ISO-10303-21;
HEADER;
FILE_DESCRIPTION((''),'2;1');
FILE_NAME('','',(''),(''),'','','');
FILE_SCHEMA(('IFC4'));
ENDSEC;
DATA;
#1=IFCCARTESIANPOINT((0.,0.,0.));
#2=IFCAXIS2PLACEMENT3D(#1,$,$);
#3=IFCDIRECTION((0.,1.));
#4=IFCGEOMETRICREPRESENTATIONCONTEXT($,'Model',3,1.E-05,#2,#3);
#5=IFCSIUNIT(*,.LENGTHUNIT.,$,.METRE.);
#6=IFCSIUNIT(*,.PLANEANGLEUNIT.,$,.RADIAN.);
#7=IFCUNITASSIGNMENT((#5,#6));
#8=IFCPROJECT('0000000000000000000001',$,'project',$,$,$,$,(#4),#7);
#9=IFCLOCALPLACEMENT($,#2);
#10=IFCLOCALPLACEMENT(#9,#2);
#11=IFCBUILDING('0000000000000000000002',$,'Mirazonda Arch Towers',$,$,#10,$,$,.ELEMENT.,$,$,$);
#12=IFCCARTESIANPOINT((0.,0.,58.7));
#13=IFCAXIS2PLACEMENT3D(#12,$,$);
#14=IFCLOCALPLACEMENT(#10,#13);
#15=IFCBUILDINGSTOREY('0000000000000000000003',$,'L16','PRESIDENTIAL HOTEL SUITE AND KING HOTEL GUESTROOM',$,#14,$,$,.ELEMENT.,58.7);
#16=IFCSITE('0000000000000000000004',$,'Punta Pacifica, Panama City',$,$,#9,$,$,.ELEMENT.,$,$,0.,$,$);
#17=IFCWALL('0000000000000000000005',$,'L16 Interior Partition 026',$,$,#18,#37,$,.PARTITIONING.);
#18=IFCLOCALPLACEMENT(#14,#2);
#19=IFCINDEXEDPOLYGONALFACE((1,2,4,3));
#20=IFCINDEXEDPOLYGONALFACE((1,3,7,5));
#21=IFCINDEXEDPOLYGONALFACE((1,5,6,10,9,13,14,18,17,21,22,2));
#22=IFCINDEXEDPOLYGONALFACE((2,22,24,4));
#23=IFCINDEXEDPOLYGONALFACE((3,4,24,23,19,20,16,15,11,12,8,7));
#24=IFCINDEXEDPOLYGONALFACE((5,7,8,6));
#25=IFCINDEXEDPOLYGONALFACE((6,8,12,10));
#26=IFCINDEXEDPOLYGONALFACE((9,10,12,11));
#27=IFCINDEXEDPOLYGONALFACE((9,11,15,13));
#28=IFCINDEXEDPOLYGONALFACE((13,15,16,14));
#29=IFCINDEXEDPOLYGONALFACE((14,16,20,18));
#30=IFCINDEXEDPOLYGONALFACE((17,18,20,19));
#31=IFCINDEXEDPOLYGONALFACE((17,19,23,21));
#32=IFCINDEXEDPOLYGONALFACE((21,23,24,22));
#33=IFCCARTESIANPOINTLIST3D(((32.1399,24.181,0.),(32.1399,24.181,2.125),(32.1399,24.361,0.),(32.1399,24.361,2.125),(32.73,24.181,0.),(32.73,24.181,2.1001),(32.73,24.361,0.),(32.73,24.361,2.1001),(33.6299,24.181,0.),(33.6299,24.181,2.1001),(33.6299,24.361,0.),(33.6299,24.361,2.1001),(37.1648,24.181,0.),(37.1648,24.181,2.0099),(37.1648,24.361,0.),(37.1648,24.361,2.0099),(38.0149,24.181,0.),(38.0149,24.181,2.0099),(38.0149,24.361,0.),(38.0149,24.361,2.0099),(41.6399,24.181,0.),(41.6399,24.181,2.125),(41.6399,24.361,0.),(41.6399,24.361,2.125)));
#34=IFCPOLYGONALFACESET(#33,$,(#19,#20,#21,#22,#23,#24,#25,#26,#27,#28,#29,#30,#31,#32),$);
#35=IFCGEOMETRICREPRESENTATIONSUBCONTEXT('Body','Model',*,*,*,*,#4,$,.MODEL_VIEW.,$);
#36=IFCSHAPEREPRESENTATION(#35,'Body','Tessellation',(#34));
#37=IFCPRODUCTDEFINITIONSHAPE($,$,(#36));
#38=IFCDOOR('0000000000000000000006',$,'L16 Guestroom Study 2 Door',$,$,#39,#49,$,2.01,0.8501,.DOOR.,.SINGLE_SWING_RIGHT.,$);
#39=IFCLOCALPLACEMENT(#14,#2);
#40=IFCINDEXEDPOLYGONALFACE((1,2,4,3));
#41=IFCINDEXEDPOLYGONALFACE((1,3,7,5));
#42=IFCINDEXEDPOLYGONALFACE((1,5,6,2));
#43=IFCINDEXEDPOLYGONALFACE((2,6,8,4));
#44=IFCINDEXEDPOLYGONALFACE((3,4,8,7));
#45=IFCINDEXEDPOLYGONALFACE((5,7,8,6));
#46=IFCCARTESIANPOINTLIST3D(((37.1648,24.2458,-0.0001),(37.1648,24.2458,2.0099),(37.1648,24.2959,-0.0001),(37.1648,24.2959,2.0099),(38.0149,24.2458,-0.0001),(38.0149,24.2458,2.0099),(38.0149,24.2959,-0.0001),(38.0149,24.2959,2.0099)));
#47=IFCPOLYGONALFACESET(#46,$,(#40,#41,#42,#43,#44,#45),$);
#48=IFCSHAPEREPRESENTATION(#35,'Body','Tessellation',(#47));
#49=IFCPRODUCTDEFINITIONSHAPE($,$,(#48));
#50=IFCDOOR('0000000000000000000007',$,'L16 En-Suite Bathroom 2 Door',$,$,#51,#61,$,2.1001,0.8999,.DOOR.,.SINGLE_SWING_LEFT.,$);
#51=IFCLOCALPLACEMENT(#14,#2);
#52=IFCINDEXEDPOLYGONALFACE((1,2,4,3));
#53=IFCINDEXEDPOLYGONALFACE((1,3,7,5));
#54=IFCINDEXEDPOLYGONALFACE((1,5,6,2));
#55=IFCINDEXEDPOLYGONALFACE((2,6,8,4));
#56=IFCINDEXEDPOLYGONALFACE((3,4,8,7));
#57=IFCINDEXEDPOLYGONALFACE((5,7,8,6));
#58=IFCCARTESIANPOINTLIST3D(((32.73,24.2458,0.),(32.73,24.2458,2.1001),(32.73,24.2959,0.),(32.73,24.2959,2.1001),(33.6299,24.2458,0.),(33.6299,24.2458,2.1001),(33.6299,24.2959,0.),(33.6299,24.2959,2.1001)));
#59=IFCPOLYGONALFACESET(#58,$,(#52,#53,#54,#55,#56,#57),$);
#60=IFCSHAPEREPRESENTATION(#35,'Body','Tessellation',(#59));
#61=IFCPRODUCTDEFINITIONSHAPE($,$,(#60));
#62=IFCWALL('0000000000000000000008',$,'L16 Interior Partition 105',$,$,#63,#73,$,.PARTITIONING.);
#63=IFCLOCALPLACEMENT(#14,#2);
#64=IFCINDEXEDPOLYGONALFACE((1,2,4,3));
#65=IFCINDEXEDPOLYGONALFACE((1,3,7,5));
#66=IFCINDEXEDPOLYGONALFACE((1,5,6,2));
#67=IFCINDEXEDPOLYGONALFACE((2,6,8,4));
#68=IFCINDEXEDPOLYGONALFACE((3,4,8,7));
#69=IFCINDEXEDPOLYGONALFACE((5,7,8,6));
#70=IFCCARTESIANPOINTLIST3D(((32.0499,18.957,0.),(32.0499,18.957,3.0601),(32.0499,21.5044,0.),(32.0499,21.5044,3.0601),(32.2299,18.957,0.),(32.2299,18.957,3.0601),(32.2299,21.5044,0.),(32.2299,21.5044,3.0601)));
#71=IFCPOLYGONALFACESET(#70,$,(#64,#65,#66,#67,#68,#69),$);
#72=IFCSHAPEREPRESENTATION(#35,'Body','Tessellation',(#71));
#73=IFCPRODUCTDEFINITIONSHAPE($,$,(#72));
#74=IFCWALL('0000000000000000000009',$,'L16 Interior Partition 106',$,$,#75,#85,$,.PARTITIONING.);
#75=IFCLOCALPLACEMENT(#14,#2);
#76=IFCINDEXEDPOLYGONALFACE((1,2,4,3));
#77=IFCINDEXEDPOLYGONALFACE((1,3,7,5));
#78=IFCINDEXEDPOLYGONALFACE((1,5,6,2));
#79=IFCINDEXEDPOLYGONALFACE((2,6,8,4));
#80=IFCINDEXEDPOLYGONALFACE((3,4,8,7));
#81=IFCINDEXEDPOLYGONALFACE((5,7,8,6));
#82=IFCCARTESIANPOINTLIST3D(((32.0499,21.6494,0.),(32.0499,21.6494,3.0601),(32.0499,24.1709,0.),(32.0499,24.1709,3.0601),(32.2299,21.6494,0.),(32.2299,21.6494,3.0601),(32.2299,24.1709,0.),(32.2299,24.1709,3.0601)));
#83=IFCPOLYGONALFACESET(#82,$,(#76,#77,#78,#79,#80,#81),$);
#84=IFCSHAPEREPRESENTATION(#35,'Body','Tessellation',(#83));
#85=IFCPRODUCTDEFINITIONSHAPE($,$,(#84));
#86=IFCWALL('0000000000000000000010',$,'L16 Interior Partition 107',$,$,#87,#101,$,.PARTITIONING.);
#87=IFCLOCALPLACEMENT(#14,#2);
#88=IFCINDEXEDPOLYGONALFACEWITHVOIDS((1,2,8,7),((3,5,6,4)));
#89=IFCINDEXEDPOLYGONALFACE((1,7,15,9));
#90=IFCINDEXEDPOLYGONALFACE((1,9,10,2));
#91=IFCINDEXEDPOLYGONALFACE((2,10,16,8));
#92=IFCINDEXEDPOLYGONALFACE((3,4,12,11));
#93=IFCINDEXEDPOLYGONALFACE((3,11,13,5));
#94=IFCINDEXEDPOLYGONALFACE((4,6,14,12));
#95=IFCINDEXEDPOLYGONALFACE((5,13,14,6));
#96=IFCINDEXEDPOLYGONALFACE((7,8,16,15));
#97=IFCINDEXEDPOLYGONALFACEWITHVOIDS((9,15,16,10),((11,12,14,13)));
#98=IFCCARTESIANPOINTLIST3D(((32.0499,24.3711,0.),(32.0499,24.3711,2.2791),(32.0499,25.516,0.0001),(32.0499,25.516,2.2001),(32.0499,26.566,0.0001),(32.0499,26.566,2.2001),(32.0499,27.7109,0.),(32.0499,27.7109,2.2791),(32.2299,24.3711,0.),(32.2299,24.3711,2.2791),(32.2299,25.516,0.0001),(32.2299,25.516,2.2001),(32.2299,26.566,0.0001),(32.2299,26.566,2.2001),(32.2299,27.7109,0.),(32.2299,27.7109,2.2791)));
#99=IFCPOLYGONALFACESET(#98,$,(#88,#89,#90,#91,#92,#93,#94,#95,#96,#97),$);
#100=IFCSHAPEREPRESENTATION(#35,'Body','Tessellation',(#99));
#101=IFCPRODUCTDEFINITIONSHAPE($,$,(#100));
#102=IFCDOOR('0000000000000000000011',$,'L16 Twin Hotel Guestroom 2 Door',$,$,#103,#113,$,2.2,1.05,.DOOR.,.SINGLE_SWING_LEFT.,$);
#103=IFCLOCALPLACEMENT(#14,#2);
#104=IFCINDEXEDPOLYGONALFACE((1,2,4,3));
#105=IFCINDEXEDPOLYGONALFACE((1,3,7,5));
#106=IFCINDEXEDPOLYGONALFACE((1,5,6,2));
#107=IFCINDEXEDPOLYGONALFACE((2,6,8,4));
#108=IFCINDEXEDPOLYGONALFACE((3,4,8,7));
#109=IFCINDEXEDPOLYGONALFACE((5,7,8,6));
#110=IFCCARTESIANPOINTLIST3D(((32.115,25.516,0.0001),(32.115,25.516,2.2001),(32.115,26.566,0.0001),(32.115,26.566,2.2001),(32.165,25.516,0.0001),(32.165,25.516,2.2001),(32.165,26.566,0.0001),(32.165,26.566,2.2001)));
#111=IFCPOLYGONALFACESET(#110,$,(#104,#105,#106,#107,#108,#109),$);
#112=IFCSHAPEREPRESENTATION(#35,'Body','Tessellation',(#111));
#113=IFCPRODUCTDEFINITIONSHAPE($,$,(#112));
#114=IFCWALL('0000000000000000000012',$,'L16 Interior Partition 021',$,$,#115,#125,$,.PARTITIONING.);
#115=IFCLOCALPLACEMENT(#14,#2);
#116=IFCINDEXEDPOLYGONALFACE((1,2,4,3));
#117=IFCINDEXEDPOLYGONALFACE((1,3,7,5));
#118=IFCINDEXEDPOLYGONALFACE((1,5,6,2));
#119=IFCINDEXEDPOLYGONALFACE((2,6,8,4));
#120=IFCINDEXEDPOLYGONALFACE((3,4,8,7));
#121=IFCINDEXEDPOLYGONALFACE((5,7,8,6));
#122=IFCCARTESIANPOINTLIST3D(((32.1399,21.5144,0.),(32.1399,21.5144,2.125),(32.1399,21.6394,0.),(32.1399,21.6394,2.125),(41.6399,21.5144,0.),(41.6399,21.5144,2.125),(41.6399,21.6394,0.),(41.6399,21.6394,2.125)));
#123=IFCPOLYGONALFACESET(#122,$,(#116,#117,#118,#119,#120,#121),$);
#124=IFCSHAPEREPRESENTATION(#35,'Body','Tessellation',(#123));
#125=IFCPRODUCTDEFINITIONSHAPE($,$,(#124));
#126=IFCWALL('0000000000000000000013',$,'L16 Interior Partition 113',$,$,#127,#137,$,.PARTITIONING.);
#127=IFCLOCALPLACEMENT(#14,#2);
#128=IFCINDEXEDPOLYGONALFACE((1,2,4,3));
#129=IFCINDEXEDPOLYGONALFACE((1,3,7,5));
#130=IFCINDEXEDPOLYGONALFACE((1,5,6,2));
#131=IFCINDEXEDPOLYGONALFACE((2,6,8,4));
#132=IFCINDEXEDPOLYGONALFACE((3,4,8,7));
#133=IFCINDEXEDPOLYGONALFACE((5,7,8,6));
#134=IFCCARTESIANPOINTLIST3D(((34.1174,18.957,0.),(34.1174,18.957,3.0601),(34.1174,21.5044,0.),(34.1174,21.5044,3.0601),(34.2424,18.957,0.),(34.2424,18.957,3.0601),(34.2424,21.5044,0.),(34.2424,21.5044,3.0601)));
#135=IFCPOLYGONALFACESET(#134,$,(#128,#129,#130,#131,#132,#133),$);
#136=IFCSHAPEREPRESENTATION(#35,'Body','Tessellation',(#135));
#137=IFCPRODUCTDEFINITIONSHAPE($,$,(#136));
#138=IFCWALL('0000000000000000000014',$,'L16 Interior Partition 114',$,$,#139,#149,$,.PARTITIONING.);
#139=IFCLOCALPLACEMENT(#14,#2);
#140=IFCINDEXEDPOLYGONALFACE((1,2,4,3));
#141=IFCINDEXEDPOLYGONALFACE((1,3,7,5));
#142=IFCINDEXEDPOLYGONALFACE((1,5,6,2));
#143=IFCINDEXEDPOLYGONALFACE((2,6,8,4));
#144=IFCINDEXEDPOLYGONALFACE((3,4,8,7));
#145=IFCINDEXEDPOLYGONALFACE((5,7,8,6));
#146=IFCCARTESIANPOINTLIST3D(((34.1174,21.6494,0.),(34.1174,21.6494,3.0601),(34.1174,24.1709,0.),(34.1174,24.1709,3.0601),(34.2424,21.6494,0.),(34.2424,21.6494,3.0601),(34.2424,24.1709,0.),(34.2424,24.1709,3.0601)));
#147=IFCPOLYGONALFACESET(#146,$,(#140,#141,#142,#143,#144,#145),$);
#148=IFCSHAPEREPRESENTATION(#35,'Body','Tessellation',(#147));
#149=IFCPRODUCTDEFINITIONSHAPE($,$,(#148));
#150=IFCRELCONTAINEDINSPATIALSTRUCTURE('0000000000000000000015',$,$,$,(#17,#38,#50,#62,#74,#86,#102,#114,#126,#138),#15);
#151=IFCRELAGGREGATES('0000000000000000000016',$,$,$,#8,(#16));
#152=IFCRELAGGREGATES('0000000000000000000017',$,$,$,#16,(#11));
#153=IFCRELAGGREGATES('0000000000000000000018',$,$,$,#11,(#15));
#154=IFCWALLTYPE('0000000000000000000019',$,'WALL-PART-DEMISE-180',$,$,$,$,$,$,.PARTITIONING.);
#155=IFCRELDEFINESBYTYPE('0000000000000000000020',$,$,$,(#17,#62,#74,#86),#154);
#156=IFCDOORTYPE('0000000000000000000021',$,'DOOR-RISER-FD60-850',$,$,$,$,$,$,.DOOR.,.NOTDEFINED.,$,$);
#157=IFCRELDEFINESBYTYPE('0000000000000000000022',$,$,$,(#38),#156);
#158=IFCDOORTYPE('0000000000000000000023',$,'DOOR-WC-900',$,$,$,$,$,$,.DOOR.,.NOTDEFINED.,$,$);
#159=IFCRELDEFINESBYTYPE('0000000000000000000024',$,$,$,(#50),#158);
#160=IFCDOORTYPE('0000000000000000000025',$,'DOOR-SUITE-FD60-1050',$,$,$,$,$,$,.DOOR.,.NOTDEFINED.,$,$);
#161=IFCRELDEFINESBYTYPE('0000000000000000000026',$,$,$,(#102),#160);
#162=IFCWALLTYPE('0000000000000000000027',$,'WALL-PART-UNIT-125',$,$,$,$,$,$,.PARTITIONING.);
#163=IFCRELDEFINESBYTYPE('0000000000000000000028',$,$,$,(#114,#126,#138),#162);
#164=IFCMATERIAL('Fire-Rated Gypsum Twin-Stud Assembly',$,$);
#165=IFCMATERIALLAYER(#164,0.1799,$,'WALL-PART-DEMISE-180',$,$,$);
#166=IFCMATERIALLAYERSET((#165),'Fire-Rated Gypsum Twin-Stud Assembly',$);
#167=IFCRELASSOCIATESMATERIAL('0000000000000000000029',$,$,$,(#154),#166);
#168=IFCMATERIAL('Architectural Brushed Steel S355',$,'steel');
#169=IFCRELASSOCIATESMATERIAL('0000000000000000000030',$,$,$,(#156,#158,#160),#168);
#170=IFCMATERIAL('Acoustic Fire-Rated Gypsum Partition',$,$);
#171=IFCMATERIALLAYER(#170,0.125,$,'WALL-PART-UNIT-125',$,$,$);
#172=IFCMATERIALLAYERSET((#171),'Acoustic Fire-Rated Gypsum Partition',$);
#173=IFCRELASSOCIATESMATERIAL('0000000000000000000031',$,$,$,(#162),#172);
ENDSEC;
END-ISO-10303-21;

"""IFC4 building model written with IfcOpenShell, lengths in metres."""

from ifc_helpers import new_model, si_unit, direction, frame, frame_2d, origin, place, context, subcontext, project, spatial, rectangle, extrude, material, layer, layer_set, type_object, element, fill, save


model = new_model("IFC4")

# Units and contexts
model_context = context("Model", 3, precision=1e-05, world=origin(), true_north=direction((0.0, 1.0)))
body_context = subcontext(model_context, "Body", "Model", "MODEL_VIEW")
ifc_project = project(units=[si_unit("LENGTHUNIT", "METRE"), si_unit("PLANEANGLEUNIT", "RADIAN")], contexts=[model_context])

# Site, building, storey
site_placement = place(None, origin())
site = spatial("IfcSite", under=ifc_project, at=site_placement, Name="Punta Pacifica, Panama City", CompositionType="ELEMENT", RefElevation=0.0)
building_placement = place(site_placement, origin())
building = spatial("IfcBuilding", under=site, at=building_placement, Name="Mirazonda Arch Towers", CompositionType="ELEMENT")
storey_placement = place(building_placement, frame((0.0, 0.0, 58.7)))
storey = spatial("IfcBuildingStorey", under=building, at=storey_placement, Name="L16", Description="PRESIDENTIAL HOTEL SUITE AND KING HOTEL GUESTROOM", CompositionType="ELEMENT", Elevation=58.7)

# Wall, openings, doors
ifc_material_1 = material(Name="Fire-Rated Gypsum Twin-Stud Assembly")
ifc_layer_1 = layer(ifc_material_1, 0.1799, Name="WALL-PART-DEMISE-180")
ifc_layer_set_1 = layer_set([ifc_layer_1], Name="Fire-Rated Gypsum Twin-Stud Assembly")
wall_type_1 = type_object("IfcWallType", Name="WALL-PART-DEMISE-180", PredefinedType="PARTITIONING", material=ifc_layer_set_1)
ifc_material_2 = material(Name="Architectural Brushed Steel S355", Category="steel")
door_type_1 = type_object("IfcDoorType", Name="DOOR-RISER-FD60-850", OperationType="NOTDEFINED", PredefinedType="DOOR", material=ifc_material_2)
door_type_2 = type_object("IfcDoorType", Name="DOOR-WC-900", OperationType="NOTDEFINED", PredefinedType="DOOR", material=ifc_material_2)
wall_1_placement = place(storey_placement, frame((32.1399, 24.271, 0.0), z_axis=(0.0, 0.0, 1.0), x_axis=(1.0, 0.0, 0.0)))
wall_1 = element("IfcWall", 1, at=wall_1_placement, inside=storey, type_object=wall_type_1, Name="L16 Interior Partition 026", PredefinedType="PARTITIONING", context=body_context, shape_type="SweptSolid", body=[
    extrude(rectangle(XDim=9.5, YDim=0.1799, at=frame_2d((4.75, 0.0))), origin(), (0.0, 0.0, 1.0), 2.125),
])
opening_1_placement = place(wall_1_placement, frame((5.0249, 0.0, 0.0)))
opening_1 = element("IfcOpeningElement", 2, at=opening_1_placement, cuts=wall_1, PredefinedType="OPENING", context=body_context, shape_type="SweptSolid", body=[
    extrude(rectangle(XDim=0.8501, YDim=2.01, at=frame_2d((0.425, 1.0049))), frame((0.0, 0.0999, 0.0), z_axis=(0.0, -1.0, 0.0), x_axis=(1.0, 0.0, 0.0)), (0.0, 0.0, 1.0), 0.2),
])
opening_2_placement = place(wall_1_placement, frame((0.5901, 0.0, 0.0)))
opening_2 = element("IfcOpeningElement", 3, at=opening_2_placement, cuts=wall_1, PredefinedType="OPENING", context=body_context, shape_type="SweptSolid", body=[
    extrude(rectangle(XDim=0.8999, YDim=2.1001, at=frame_2d((0.45, 1.05))), frame((0.0, 0.0999, 0.0), z_axis=(0.0, -1.0, 0.0), x_axis=(1.0, 0.0, 0.0)), (0.0, 0.0, 1.0), 0.2),
])
door_1_placement = place(opening_1_placement, origin())
door_1 = element("IfcDoor", 4, at=door_1_placement, inside=storey, type_object=door_type_1, Name="L16 Guestroom Study 2 Door", OperationType="SINGLE_SWING_RIGHT", OverallHeight=2.01, OverallWidth=0.8501, PredefinedType="DOOR", context=body_context, shape_type="SweptSolid", body=[
    extrude(rectangle(XDim=0.8501, YDim=2.01, at=frame_2d((0.425, 1.0049))), frame((0.0, 0.0249, 0.0), z_axis=(0.0, -1.0, 0.0), x_axis=(1.0, 0.0, 0.0)), (0.0, 0.0, 1.0), 0.05),
])
fill(opening_1, door_1)
door_2_placement = place(opening_2_placement, origin())
door_2 = element("IfcDoor", 5, at=door_2_placement, inside=storey, type_object=door_type_2, Name="L16 En-Suite Bathroom 2 Door", OperationType="SINGLE_SWING_LEFT", OverallHeight=2.1001, OverallWidth=0.8999, PredefinedType="DOOR", context=body_context, shape_type="SweptSolid", body=[
    extrude(rectangle(XDim=0.8999, YDim=2.1001, at=frame_2d((0.45, 1.05))), frame((0.0, 0.0249, 0.0), z_axis=(0.0, -1.0, 0.0), x_axis=(1.0, 0.0, 0.0)), (0.0, 0.0, 1.0), 0.05),
])
fill(opening_2, door_2)

# Walls
wall_2_placement = place(storey_placement, frame((32.1399, 18.957, 0.0), z_axis=(0.0, 0.0, 1.0), x_axis=(0.0, 1.0, 0.0)))
element("IfcWall", 6, at=wall_2_placement, inside=storey, type_object=wall_type_1, Name="L16 Interior Partition 105", PredefinedType="PARTITIONING", context=body_context, shape_type="SweptSolid", body=[
    extrude(rectangle(XDim=2.5474, YDim=0.1799, at=frame_2d((1.2737, 0.0))), origin(), (0.0, 0.0, 1.0), 3.0601),
])
wall_3_placement = place(storey_placement, frame((32.1399, 21.6494, 0.0), z_axis=(0.0, 0.0, 1.0), x_axis=(0.0, 1.0, 0.0)))
element("IfcWall", 7, at=wall_3_placement, inside=storey, type_object=wall_type_1, Name="L16 Interior Partition 106", PredefinedType="PARTITIONING", context=body_context, shape_type="SweptSolid", body=[
    extrude(rectangle(XDim=2.5215, YDim=0.1799, at=frame_2d((1.2607, 0.0))), origin(), (0.0, 0.0, 1.0), 3.0601),
])

# Wall, opening, door
wall_4_placement = place(storey_placement, frame((32.1399, 24.3711, 0.0), z_axis=(0.0, 0.0, 1.0), x_axis=(0.0, 1.0, 0.0)))
wall_4 = element("IfcWall", 8, at=wall_4_placement, inside=storey, type_object=wall_type_1, Name="L16 Interior Partition 107", PredefinedType="PARTITIONING", context=body_context, shape_type="SweptSolid", body=[
    extrude(rectangle(XDim=3.3398, YDim=0.1799, at=frame_2d((1.6699, 0.0))), origin(), (0.0, 0.0, 1.0), 2.2791),
])
opening_3_placement = place(wall_4_placement, frame((1.145, 0.0, 0.0)))
opening_3 = element("IfcOpeningElement", 9, at=opening_3_placement, cuts=wall_4, PredefinedType="OPENING", context=body_context, shape_type="SweptSolid", body=[
    extrude(rectangle(XDim=1.05, YDim=2.2, at=frame_2d((0.5249, 1.1001))), frame((0.0, 0.0999, 0.0), z_axis=(0.0, -1.0, 0.0), x_axis=(1.0, 0.0, 0.0)), (0.0, 0.0, 1.0), 0.2),
])
door_type_3 = type_object("IfcDoorType", Name="DOOR-SUITE-FD60-1050", OperationType="NOTDEFINED", PredefinedType="DOOR", material=ifc_material_2)
door_3_placement = place(opening_3_placement, origin())
door_3 = element("IfcDoor", 10, at=door_3_placement, inside=storey, type_object=door_type_3, Name="L16 Twin Hotel Guestroom 2 Door", OperationType="SINGLE_SWING_LEFT", OverallHeight=2.2, OverallWidth=1.05, PredefinedType="DOOR", context=body_context, shape_type="SweptSolid", body=[
    extrude(rectangle(XDim=1.05, YDim=2.2, at=frame_2d((0.5249, 1.1001))), frame((0.0, 0.0249, 0.0), z_axis=(0.0, -1.0, 0.0), x_axis=(1.0, 0.0, 0.0)), (0.0, 0.0, 1.0), 0.05),
])
fill(opening_3, door_3)

# Walls
ifc_material_3 = material(Name="Acoustic Fire-Rated Gypsum Partition")
ifc_layer_2 = layer(ifc_material_3, 0.125, Name="WALL-PART-UNIT-125")
ifc_layer_set_2 = layer_set([ifc_layer_2], Name="Acoustic Fire-Rated Gypsum Partition")
wall_type_2 = type_object("IfcWallType", Name="WALL-PART-UNIT-125", PredefinedType="PARTITIONING", material=ifc_layer_set_2)
wall_5_placement = place(storey_placement, frame((32.1399, 21.5769, 0.0), z_axis=(0.0, 0.0, 1.0), x_axis=(1.0, 0.0, 0.0)))
element("IfcWall", 11, at=wall_5_placement, inside=storey, type_object=wall_type_2, Name="L16 Interior Partition 021", PredefinedType="PARTITIONING", context=body_context, shape_type="SweptSolid", body=[
    extrude(rectangle(XDim=9.5, YDim=0.125, at=frame_2d((4.75, 0.0))), origin(), (0.0, 0.0, 1.0), 2.125),
])
wall_6_placement = place(storey_placement, frame((34.1799, 18.957, 0.0), z_axis=(0.0, 0.0, 1.0), x_axis=(0.0, 1.0, 0.0)))
element("IfcWall", 12, at=wall_6_placement, inside=storey, type_object=wall_type_2, Name="L16 Interior Partition 113", PredefinedType="PARTITIONING", context=body_context, shape_type="SweptSolid", body=[
    extrude(rectangle(XDim=2.5474, YDim=0.125, at=frame_2d((1.2737, 0.0))), origin(), (0.0, 0.0, 1.0), 3.0601),
])
wall_7_placement = place(storey_placement, frame((34.1799, 21.6494, 0.0), z_axis=(0.0, 0.0, 1.0), x_axis=(0.0, 1.0, 0.0)))
element("IfcWall", 13, at=wall_7_placement, inside=storey, type_object=wall_type_2, Name="L16 Interior Partition 114", PredefinedType="PARTITIONING", context=body_context, shape_type="SweptSolid", body=[
    extrude(rectangle(XDim=2.5215, YDim=0.125, at=frame_2d((1.2607, 0.0))), origin(), (0.0, 0.0, 1.0), 3.0601),
])

save(model, "model.ifc")
